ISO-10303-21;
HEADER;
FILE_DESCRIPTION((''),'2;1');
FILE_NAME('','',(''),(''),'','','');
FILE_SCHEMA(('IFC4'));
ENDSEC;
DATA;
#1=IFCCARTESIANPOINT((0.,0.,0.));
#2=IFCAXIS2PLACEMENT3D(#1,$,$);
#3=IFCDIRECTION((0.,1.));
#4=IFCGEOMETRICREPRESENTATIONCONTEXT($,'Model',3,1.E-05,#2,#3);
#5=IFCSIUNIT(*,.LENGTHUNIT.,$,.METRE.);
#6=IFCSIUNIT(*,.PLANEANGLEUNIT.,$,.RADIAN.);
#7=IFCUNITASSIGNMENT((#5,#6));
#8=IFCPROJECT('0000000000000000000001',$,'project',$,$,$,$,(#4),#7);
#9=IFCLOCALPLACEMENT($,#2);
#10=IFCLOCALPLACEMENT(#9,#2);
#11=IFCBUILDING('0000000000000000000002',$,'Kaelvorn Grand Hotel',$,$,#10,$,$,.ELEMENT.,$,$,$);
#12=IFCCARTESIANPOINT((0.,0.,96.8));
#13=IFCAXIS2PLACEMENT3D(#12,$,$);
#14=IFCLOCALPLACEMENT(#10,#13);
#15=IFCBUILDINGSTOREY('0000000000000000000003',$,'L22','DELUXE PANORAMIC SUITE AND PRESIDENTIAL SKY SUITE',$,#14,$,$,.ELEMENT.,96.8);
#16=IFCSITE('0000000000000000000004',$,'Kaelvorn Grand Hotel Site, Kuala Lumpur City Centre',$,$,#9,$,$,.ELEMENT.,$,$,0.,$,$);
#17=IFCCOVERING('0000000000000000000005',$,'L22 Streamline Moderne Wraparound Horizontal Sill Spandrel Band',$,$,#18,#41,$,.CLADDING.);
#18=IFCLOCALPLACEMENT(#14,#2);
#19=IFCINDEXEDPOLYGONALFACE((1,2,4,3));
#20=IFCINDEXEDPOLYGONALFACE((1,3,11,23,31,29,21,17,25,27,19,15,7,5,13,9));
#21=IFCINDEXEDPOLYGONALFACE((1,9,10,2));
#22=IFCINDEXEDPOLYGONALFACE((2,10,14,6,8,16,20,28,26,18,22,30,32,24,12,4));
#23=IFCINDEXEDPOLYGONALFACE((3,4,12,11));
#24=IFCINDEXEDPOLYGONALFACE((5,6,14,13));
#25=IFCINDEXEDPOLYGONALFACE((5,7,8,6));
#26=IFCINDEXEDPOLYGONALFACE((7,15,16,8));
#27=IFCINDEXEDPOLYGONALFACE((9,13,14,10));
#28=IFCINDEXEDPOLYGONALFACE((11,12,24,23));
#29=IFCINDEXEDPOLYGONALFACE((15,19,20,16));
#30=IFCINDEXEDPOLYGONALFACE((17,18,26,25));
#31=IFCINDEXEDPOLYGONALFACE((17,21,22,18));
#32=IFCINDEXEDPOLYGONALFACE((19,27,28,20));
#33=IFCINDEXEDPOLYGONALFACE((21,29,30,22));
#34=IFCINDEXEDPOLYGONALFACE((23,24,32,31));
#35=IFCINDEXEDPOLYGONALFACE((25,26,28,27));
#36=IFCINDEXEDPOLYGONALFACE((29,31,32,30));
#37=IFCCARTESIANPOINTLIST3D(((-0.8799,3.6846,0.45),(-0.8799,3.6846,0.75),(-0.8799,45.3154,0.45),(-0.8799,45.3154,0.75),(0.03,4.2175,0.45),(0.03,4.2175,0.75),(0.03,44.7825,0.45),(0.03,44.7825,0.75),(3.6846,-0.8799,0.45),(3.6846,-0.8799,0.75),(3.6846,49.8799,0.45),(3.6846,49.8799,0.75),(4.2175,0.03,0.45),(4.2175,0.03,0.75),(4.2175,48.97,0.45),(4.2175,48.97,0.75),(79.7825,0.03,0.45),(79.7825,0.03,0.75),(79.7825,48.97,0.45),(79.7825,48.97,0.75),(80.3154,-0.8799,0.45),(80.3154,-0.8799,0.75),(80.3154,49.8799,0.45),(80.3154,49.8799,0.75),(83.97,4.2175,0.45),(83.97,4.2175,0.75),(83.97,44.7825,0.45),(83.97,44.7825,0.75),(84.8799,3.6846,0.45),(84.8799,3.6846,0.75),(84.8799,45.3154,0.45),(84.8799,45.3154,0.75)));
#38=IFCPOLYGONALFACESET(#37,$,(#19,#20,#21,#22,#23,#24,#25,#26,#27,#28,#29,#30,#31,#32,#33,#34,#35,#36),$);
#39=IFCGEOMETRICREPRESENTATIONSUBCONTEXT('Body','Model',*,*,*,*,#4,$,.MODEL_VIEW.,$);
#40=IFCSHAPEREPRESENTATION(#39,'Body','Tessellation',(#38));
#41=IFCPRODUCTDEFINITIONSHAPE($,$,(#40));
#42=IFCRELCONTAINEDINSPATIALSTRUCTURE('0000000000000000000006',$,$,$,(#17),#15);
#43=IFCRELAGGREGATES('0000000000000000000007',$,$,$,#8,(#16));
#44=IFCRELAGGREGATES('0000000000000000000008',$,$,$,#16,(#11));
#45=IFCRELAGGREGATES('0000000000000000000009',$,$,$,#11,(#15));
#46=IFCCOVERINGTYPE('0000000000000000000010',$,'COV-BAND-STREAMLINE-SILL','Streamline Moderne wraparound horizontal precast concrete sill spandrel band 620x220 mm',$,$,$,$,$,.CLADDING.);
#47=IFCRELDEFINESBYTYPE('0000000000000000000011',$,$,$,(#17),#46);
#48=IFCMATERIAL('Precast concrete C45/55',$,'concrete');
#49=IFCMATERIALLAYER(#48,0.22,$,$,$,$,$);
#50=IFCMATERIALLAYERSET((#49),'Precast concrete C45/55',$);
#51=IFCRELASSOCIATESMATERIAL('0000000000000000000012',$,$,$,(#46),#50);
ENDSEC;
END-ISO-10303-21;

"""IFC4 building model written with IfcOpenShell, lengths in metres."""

from ifc_helpers import new_model, si_unit, direction, frame, origin, place, context, subcontext, project, spatial, polyline, outline, extrude, material, layer, layer_set, type_object, element, save


model = new_model("IFC4")

# Units and contexts
model_context = context("Model", 3, precision=1e-05, world=origin(), true_north=direction((0.0, 1.0)))
body_context = subcontext(model_context, "Body", "Model", "MODEL_VIEW")
ifc_project = project(units=[si_unit("LENGTHUNIT", "METRE"), si_unit("PLANEANGLEUNIT", "RADIAN")], contexts=[model_context])

# Site, building, storey
site_placement = place(None, origin())
site = spatial("IfcSite", under=ifc_project, at=site_placement, Name="Kaelvorn Grand Hotel Site, Kuala Lumpur City Centre", CompositionType="ELEMENT", RefElevation=0.0)
building_placement = place(site_placement, origin())
building = spatial("IfcBuilding", under=site, at=building_placement, Name="Kaelvorn Grand Hotel", CompositionType="ELEMENT")
storey_placement = place(building_placement, frame((0.0, 0.0, 96.8)))
storey = spatial("IfcBuildingStorey", under=building, at=storey_placement, Name="L22", Description="DELUXE PANORAMIC SUITE AND PRESIDENTIAL SKY SUITE", CompositionType="ELEMENT", Elevation=96.8)

# Covering
ifc_material_1 = material(Name="Precast concrete C45/55", Category="concrete")
ifc_layer_1 = layer(ifc_material_1, 0.22)
ifc_layer_set_1 = layer_set([ifc_layer_1], Name="Precast concrete C45/55")
covering_type_1 = type_object("IfcCoveringType", Name="COV-BAND-STREAMLINE-SILL", Description="Streamline Moderne wraparound horizontal precast concrete sill spandrel band 620x220 mm", PredefinedType="CLADDING", material=ifc_layer_set_1)
covering_1_placement = place(storey_placement, frame((0.0, 0.0, 0.45)))
element("IfcCovering", 1, at=covering_1_placement, inside=storey, type_object=covering_type_1, Name="L22 Streamline Moderne Wraparound Horizontal Sill Spandrel Band", PredefinedType="CLADDING", context=body_context, shape_type="SweptSolid", body=[
    extrude(outline(polyline([(80.3154, -0.8799), (84.8799, 3.6846), (84.8799, 45.3154), (80.3154, 49.8799), (3.6846, 49.8799), (-0.8799, 45.3154), (-0.8799, 3.6846), (3.6846, -0.8799), (4.2175, 0.03), (0.03, 4.2175), (0.03, 44.7825), (4.2175, 48.97), (79.7825, 48.97), (83.97, 44.7825), (83.97, 4.2175), (79.7825, 0.03), (80.3154, -0.8799)])), origin(), (0.0, 0.0, 1.0), 0.3),
])

save(model, "model.ifc")
